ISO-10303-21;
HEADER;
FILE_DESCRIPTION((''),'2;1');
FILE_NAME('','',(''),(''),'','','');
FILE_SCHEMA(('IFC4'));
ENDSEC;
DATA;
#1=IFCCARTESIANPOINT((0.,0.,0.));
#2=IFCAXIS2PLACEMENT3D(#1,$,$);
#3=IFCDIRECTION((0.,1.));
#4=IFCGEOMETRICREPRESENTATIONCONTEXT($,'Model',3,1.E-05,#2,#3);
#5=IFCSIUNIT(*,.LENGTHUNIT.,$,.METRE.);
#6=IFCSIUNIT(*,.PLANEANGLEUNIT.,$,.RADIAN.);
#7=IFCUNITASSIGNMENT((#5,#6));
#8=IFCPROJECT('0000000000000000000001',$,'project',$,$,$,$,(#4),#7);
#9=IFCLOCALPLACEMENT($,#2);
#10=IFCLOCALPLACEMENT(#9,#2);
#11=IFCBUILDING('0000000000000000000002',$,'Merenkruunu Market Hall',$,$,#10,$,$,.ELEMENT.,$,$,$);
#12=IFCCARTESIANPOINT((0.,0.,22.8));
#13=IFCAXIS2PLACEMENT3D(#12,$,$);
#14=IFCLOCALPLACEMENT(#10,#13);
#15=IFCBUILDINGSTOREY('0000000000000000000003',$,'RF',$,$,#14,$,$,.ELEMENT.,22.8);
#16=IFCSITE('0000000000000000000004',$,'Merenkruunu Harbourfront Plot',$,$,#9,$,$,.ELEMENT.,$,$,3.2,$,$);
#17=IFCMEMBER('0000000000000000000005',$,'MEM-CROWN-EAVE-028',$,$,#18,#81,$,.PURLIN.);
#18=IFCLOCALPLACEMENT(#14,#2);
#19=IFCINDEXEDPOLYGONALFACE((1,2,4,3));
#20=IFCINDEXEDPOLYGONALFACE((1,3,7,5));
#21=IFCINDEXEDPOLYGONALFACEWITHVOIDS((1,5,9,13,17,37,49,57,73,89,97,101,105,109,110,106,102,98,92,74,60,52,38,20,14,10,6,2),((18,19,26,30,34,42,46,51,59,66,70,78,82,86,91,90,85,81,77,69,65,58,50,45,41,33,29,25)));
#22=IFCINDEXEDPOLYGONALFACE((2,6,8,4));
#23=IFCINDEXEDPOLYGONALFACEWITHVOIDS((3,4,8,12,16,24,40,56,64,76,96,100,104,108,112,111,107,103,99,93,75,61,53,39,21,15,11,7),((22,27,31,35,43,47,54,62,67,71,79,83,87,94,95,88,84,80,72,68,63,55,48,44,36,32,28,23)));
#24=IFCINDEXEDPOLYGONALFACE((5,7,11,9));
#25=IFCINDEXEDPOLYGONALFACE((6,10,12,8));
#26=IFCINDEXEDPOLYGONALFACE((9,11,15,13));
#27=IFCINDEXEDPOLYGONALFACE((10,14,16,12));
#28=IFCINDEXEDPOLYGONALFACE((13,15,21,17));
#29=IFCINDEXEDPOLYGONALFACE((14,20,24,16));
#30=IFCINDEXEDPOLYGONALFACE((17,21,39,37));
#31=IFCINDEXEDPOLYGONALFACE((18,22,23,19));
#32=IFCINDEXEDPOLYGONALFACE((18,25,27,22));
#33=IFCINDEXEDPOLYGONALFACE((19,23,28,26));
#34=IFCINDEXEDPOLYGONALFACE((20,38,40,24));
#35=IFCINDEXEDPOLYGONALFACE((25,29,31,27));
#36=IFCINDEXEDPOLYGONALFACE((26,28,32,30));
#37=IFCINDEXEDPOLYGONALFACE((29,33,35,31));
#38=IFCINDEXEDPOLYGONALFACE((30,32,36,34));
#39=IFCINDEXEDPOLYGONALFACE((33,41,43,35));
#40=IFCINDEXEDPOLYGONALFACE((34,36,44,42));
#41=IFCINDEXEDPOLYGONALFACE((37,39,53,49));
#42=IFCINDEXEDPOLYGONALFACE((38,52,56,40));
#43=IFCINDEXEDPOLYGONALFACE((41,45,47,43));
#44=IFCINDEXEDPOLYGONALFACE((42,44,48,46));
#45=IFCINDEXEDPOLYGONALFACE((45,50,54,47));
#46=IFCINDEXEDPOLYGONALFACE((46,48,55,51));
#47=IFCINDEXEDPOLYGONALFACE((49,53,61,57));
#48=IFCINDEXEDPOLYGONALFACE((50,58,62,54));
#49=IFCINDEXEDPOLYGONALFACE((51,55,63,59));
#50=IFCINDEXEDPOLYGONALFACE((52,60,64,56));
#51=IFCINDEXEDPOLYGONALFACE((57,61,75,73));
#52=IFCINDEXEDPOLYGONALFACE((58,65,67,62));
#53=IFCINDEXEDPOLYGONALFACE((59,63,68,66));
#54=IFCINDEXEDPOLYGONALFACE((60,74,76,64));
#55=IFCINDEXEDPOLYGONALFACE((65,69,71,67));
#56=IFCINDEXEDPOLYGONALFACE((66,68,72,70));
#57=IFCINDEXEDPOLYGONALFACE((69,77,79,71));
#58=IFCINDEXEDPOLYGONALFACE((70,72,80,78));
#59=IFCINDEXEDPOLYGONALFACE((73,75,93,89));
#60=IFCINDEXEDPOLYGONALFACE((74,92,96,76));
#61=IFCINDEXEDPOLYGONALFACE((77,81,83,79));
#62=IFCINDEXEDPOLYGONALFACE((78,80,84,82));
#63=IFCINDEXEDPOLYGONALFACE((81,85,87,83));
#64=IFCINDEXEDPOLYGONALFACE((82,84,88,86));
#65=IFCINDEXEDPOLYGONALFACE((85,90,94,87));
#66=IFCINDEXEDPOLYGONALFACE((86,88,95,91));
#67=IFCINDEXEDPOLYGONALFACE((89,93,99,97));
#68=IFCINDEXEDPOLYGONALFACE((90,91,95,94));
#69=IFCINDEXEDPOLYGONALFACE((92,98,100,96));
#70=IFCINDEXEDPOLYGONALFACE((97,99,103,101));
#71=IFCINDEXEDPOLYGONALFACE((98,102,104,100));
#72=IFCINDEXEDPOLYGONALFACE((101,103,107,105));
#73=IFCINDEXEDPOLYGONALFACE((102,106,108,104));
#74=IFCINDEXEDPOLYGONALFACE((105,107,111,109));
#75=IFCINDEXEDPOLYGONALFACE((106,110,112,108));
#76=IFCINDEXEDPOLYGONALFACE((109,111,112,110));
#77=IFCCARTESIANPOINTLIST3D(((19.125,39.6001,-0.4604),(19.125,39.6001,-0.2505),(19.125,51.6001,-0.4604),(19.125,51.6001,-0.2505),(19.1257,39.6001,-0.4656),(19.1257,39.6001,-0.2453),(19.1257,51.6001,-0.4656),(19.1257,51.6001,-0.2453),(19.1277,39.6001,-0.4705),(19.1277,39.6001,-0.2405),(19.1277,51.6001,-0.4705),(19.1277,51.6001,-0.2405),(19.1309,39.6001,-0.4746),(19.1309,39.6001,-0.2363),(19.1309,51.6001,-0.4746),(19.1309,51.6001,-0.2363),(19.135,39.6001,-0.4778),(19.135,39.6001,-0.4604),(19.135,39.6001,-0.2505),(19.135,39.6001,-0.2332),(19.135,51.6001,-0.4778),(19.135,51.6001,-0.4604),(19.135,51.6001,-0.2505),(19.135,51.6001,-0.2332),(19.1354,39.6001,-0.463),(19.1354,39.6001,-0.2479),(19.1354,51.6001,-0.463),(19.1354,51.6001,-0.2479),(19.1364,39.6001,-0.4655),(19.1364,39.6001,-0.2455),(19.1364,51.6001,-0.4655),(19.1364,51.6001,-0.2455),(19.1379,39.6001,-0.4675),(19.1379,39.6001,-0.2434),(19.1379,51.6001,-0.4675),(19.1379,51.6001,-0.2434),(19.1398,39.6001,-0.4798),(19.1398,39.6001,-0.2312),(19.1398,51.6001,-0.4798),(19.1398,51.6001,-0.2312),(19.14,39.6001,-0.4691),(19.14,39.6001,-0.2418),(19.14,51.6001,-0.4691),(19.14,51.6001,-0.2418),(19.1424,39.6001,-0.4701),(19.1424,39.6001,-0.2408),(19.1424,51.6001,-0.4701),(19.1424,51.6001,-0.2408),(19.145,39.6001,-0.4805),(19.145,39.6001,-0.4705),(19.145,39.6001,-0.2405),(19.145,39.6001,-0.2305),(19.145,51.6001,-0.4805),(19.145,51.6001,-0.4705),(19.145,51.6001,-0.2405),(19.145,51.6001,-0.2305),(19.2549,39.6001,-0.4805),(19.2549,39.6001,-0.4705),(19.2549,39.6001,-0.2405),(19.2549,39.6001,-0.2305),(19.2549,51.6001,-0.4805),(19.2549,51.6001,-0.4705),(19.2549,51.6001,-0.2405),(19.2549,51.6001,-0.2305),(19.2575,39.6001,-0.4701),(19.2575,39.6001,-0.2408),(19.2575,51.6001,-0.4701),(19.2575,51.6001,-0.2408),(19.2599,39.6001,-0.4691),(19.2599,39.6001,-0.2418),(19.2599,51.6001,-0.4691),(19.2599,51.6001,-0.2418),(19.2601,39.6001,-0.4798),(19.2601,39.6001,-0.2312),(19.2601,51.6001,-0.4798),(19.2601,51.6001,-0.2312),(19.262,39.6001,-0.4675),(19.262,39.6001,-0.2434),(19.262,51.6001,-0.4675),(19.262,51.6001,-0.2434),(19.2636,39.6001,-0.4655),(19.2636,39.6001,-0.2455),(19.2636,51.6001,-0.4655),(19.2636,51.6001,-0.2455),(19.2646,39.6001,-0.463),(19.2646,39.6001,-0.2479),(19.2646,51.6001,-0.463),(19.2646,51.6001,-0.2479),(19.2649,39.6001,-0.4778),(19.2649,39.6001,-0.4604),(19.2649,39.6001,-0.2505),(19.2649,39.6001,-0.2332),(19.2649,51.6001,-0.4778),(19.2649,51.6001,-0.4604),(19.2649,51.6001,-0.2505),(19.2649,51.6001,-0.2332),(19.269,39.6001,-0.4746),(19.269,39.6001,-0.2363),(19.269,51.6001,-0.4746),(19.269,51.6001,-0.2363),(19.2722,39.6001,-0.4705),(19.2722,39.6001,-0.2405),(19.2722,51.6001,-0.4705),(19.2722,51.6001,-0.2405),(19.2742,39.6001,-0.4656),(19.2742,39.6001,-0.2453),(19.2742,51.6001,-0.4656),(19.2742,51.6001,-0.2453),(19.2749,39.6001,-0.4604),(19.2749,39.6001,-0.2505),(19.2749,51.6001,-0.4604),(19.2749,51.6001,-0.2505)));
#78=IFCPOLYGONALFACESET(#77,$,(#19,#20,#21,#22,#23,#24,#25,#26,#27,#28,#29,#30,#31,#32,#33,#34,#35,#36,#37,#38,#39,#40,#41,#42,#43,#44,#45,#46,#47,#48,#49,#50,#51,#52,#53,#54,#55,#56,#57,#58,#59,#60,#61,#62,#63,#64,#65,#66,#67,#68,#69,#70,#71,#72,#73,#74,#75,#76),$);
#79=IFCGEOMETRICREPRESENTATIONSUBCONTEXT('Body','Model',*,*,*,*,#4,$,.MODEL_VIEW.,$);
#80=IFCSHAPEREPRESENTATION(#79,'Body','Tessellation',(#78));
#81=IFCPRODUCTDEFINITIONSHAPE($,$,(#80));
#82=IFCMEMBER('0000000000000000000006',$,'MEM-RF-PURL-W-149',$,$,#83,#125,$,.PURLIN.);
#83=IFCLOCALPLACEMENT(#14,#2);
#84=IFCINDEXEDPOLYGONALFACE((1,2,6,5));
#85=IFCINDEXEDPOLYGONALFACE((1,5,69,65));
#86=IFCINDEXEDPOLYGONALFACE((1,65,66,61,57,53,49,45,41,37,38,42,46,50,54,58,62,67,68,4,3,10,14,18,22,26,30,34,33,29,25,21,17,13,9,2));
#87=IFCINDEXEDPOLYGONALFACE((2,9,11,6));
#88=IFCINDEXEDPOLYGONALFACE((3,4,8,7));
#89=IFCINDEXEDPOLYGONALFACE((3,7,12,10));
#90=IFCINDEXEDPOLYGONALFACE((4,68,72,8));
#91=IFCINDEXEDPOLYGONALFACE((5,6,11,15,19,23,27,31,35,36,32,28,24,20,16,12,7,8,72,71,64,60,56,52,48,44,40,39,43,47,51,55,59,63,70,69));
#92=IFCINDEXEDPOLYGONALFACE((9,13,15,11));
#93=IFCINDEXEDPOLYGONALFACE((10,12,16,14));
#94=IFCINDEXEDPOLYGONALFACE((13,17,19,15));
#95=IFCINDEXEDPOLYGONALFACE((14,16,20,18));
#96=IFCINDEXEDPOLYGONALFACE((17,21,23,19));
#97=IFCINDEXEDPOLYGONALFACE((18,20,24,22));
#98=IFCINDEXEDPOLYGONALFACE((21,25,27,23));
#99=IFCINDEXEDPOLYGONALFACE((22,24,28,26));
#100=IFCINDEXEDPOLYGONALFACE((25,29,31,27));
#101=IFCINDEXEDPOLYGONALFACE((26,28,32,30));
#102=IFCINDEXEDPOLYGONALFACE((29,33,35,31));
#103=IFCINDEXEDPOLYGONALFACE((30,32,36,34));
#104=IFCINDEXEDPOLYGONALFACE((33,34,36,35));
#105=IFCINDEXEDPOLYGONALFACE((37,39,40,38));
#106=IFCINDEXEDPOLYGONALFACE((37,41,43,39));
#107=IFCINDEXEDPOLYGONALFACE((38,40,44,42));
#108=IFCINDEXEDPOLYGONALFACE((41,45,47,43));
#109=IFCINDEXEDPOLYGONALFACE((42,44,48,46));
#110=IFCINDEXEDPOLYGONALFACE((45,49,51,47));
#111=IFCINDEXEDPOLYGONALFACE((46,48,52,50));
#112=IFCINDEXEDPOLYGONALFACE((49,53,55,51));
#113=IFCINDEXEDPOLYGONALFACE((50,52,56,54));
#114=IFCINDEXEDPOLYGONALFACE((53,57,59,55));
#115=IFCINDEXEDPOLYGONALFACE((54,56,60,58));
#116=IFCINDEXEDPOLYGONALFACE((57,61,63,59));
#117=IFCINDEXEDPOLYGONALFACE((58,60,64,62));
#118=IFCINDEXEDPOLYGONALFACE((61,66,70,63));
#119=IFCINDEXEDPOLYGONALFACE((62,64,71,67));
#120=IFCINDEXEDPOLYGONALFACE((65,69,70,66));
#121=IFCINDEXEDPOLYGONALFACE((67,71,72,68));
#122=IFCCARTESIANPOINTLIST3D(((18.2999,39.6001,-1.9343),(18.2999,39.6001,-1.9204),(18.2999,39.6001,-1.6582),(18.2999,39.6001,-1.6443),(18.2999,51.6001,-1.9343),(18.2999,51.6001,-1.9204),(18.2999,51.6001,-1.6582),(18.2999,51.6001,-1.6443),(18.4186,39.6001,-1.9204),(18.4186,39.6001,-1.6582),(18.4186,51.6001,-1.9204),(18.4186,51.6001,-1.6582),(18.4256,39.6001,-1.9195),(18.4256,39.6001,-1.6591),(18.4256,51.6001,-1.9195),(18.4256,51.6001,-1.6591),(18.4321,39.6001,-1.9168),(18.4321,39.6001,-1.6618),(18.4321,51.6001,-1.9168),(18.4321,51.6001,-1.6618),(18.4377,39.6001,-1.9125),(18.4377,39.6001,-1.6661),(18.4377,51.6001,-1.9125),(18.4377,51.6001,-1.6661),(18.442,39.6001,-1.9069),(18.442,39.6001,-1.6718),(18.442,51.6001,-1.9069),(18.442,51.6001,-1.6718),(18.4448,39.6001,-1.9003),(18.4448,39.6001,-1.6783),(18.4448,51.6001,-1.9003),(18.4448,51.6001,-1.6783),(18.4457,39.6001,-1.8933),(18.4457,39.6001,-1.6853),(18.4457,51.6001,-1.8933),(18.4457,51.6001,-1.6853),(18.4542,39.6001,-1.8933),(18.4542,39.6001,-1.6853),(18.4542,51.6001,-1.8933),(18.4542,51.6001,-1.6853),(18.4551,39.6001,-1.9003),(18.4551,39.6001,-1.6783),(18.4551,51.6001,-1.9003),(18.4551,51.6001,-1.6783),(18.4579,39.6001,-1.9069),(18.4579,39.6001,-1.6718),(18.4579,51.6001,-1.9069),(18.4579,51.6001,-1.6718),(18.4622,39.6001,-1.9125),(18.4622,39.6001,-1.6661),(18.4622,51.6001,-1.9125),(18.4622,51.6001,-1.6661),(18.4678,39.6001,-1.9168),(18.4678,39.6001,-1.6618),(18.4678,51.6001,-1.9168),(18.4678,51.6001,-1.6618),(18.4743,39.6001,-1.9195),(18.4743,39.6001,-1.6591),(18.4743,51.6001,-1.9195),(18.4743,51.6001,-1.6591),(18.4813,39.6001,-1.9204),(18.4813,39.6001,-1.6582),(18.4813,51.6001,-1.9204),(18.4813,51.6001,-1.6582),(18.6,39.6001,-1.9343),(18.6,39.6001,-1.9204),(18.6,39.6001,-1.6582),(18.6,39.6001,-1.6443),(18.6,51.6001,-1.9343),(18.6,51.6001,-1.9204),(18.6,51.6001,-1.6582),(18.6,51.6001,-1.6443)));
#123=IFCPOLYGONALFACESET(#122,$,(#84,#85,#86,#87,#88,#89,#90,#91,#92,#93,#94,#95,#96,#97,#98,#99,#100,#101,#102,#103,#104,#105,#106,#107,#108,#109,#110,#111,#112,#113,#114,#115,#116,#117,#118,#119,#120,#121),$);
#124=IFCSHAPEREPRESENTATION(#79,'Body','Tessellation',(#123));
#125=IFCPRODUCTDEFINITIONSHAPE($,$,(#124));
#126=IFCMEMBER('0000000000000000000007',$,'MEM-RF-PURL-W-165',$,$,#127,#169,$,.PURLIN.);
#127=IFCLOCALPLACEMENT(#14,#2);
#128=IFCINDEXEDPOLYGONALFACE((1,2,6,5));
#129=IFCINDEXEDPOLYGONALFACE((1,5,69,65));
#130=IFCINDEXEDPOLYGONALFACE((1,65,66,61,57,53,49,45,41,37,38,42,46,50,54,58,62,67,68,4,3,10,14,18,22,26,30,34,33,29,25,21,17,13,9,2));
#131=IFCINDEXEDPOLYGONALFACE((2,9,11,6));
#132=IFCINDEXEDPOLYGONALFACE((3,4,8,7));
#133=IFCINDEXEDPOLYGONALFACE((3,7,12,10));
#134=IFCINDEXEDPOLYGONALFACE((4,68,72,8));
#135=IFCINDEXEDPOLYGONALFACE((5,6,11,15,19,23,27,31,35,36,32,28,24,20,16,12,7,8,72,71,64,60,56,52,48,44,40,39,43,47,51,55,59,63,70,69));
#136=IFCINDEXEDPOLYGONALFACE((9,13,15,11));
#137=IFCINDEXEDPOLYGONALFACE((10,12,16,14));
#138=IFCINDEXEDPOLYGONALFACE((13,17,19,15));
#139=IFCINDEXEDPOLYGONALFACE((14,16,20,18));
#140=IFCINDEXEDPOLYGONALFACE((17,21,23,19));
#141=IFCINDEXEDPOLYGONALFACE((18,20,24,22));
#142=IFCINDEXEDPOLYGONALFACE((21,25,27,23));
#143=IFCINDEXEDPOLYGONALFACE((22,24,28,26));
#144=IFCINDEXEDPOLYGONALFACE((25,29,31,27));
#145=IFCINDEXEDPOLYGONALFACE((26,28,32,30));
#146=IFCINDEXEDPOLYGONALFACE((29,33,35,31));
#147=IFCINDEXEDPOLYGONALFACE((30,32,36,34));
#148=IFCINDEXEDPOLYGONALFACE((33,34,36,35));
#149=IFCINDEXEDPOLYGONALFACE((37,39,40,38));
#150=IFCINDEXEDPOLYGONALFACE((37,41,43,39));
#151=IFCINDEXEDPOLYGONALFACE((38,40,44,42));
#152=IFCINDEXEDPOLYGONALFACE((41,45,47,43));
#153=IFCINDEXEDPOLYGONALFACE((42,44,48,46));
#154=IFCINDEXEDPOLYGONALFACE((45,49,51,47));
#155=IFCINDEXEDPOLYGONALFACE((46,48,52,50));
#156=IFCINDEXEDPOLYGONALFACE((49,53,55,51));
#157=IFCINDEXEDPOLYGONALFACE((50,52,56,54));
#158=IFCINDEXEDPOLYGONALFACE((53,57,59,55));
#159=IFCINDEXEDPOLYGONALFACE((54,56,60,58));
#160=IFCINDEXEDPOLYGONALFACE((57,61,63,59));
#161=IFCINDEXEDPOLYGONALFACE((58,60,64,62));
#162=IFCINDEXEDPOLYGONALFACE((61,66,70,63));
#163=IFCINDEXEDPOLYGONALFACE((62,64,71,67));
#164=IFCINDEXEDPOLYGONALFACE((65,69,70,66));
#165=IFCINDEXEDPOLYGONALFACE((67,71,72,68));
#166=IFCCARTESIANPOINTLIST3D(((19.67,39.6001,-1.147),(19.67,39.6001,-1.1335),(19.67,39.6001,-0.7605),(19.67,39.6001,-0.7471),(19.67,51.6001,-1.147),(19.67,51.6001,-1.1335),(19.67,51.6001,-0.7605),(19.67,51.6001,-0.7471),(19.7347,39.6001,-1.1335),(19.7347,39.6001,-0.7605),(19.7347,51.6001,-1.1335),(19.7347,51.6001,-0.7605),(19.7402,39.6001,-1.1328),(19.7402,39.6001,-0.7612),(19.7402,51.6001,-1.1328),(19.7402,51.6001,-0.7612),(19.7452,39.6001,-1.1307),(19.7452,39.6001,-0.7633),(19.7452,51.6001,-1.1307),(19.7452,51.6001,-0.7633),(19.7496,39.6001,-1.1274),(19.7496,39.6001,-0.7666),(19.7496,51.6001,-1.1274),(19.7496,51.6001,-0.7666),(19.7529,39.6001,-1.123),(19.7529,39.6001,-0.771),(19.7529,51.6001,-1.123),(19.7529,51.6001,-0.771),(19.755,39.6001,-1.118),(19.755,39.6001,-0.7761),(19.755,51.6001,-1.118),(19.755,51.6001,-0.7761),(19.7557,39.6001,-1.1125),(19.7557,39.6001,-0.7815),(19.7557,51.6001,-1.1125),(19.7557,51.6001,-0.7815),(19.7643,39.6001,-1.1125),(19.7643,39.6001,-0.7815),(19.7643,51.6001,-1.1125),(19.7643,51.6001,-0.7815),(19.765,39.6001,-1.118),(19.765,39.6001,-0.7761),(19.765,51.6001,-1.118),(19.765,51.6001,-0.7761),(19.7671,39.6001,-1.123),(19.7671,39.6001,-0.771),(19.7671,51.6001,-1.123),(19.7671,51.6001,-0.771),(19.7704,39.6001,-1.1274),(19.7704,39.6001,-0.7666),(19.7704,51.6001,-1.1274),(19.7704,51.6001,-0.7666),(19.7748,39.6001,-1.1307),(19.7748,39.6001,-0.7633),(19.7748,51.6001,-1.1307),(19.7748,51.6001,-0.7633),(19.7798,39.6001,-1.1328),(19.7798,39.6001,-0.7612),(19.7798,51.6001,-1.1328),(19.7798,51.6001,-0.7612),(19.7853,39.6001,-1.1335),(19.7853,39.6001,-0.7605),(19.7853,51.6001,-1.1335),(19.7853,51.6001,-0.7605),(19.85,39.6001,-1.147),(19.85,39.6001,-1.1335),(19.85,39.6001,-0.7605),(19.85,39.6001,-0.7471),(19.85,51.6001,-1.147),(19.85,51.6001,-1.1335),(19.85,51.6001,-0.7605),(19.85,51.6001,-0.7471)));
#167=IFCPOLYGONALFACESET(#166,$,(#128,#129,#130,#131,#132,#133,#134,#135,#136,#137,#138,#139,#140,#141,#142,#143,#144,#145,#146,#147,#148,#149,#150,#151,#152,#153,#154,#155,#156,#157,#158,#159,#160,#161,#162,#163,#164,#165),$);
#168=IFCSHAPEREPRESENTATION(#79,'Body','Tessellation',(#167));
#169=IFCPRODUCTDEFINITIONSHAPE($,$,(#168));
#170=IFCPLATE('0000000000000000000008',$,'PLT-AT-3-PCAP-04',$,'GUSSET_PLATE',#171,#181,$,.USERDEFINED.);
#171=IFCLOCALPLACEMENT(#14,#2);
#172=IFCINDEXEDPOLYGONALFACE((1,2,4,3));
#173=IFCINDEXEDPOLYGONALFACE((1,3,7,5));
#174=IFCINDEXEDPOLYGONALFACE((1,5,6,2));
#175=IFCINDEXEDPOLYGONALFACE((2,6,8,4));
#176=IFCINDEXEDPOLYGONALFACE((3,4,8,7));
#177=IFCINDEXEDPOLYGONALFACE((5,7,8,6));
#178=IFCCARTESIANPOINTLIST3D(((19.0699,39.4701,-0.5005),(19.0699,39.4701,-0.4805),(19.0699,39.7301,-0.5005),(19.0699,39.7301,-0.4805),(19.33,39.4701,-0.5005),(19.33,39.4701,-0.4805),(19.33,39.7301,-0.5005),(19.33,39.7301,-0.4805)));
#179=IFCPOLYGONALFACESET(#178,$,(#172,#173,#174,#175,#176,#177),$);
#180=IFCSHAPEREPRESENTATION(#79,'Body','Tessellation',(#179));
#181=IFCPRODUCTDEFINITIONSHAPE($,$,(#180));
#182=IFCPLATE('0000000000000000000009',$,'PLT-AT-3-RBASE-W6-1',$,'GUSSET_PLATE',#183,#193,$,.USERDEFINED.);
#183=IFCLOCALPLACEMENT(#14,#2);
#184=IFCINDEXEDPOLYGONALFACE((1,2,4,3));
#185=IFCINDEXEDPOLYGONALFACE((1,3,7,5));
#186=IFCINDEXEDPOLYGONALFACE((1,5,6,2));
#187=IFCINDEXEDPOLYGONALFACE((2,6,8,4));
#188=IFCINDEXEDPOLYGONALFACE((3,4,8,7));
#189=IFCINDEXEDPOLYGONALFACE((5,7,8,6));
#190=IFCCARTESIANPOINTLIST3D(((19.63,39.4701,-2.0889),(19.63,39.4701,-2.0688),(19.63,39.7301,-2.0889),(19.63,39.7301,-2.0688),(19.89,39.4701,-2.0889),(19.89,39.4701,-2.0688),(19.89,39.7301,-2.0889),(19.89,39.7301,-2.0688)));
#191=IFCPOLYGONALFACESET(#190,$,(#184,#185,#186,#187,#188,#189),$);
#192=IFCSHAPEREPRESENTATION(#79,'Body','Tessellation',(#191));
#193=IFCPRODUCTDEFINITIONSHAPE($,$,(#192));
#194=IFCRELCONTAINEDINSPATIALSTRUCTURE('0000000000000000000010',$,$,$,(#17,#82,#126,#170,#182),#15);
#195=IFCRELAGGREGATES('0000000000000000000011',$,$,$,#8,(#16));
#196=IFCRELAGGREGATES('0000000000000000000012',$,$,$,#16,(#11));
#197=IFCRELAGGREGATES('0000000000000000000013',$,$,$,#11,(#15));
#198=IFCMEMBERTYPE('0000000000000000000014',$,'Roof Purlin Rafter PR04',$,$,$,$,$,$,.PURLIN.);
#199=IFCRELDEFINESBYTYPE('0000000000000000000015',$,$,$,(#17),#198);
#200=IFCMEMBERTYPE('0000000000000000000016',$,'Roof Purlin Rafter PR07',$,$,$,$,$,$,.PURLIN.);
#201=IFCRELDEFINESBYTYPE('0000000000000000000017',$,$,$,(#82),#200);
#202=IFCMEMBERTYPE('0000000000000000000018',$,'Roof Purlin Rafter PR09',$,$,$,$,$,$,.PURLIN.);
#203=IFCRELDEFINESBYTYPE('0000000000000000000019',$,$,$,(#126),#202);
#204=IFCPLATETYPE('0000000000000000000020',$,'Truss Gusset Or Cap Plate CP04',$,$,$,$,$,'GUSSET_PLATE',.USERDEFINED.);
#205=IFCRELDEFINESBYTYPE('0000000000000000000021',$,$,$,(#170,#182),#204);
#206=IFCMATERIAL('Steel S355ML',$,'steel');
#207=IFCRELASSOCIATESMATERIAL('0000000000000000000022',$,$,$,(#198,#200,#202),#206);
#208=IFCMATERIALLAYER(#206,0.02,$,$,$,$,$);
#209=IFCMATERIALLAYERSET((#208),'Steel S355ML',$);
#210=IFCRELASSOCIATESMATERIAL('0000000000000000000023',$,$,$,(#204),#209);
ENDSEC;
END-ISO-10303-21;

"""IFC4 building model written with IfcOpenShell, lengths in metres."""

from ifc_helpers import new_model, si_unit, direction, frame, origin, origin_2d, place, context, subcontext, project, spatial, rectangle, hollow_rectangle, i_section, extrude, material, layer, layer_set, material_profile, profile_set, type_object, element, save


model = new_model("IFC4")

# Units and contexts
model_context = context("Model", 3, precision=1e-05, world=origin(), true_north=direction((0.0, 1.0)))
body_context = subcontext(model_context, "Body", "Model", "MODEL_VIEW")
ifc_project = project(units=[si_unit("LENGTHUNIT", "METRE"), si_unit("PLANEANGLEUNIT", "RADIAN")], contexts=[model_context])

# Site, building, storey
site_placement = place(None, origin())
site = spatial("IfcSite", under=ifc_project, at=site_placement, Name="Merenkruunu Harbourfront Plot", CompositionType="ELEMENT", RefElevation=3.2)
building_placement = place(site_placement, origin())
building = spatial("IfcBuilding", under=site, at=building_placement, Name="Merenkruunu Market Hall", CompositionType="ELEMENT")
storey_placement = place(building_placement, frame((0.0, 0.0, 22.8)))
storey = spatial("IfcBuildingStorey", under=building, at=storey_placement, Name="RF", CompositionType="ELEMENT", Elevation=22.8)

# Members
ifc_material_1 = material(Name="Steel S355ML", Category="steel")
ifc_material_profile_1 = material_profile(ifc_material_1, hollow_rectangle(XDim=0.1499, YDim=0.25, WallThickness=0.01, InnerFilletRadius=0.01, OuterFilletRadius=0.02, at=origin_2d()), Name="RHS 250x150x10")
ifc_profile_set_1 = profile_set([ifc_material_profile_1], Name="Steel S355ML")
member_type_1 = type_object("IfcMemberType", Name="Roof Purlin Rafter PR04", PredefinedType="PURLIN", material=ifc_profile_set_1)
member_1_placement = place(storey_placement, frame((19.2, 39.6001, -0.3555), z_axis=(0.0, 1.0, 0.0), x_axis=(-1.0, 0.0, 0.0)))
element("IfcMember", 1, at=member_1_placement, inside=storey, type_object=member_type_1, Name="MEM-CROWN-EAVE-028", PredefinedType="PURLIN", context=body_context, shape_type="SweptSolid", body=[
    extrude(hollow_rectangle(XDim=0.1499, YDim=0.25, WallThickness=0.01, InnerFilletRadius=0.01, OuterFilletRadius=0.02, at=origin_2d()), origin(), (0.0, 0.0, 1.0), 12.0),
])
ifc_material_profile_2 = material_profile(ifc_material_1, i_section(OverallWidth=0.3, OverallDepth=0.29, WebThickness=0.0085, FlangeThickness=0.0139, FilletRadius=0.0271, at=origin_2d()), Name="HEA 300")
ifc_profile_set_2 = profile_set([ifc_material_profile_2], Name="Steel S355ML")
member_type_2 = type_object("IfcMemberType", Name="Roof Purlin Rafter PR07", PredefinedType="PURLIN", material=ifc_profile_set_2)
member_2_placement = place(storey_placement, frame((18.45, 39.6001, -1.7893), z_axis=(0.0, 1.0, 0.0), x_axis=(-1.0, 0.0, 0.0)))
element("IfcMember", 2, at=member_2_placement, inside=storey, type_object=member_type_2, Name="MEM-RF-PURL-W-149", PredefinedType="PURLIN", context=body_context, shape_type="SweptSolid", body=[
    extrude(i_section(OverallWidth=0.3, OverallDepth=0.29, WebThickness=0.0085, FlangeThickness=0.0139, FilletRadius=0.0271, at=origin_2d()), origin(), (0.0, 0.0, 1.0), 12.0),
])
ifc_material_profile_3 = material_profile(ifc_material_1, i_section(OverallWidth=0.1799, OverallDepth=0.3999, WebThickness=0.0085, FlangeThickness=0.0134, FilletRadius=0.021, at=origin_2d()), Name="IPE 400")
ifc_profile_set_3 = profile_set([ifc_material_profile_3], Name="Steel S355ML")
member_type_3 = type_object("IfcMemberType", Name="Roof Purlin Rafter PR09", PredefinedType="PURLIN", material=ifc_profile_set_3)
member_3_placement = place(storey_placement, frame((19.76, 39.6001, -0.947), z_axis=(0.0, 1.0, 0.0), x_axis=(-1.0, 0.0, 0.0)))
element("IfcMember", 3, at=member_3_placement, inside=storey, type_object=member_type_3, Name="MEM-RF-PURL-W-165", PredefinedType="PURLIN", context=body_context, shape_type="SweptSolid", body=[
    extrude(i_section(OverallWidth=0.1799, OverallDepth=0.3999, WebThickness=0.0085, FlangeThickness=0.0134, FilletRadius=0.021, at=origin_2d()), origin(), (0.0, 0.0, 1.0), 12.0),
])

# Plates
ifc_layer_1 = layer(ifc_material_1, 0.02)
ifc_layer_set_1 = layer_set([ifc_layer_1], Name="Steel S355ML")
plate_type_1 = type_object("IfcPlateType", Name="Truss Gusset Or Cap Plate CP04", ElementType="GUSSET_PLATE", PredefinedType="USERDEFINED", material=ifc_layer_set_1)
for number, where, z_axis, x_axis, name in (
    (4, (19.2, 39.6001, -0.5005), (0.0, 0.0, 1.0), (1.0, 0.0, 0.0), "PLT-AT-3-PCAP-04"),
    (5, (19.76, 39.6001, -2.0889), (0.0, 0.0, 1.0), (1.0, 0.0, 0.0), "PLT-AT-3-RBASE-W6-1"),
):
    element("IfcPlate", number, at=place(storey_placement, frame(where, z_axis=z_axis, x_axis=x_axis)), inside=storey, type_object=plate_type_1, Name=name, ObjectType="GUSSET_PLATE", PredefinedType="USERDEFINED", context=body_context, shape_type="SweptSolid", body=[
        extrude(rectangle(XDim=0.26, YDim=0.26, at=origin_2d()), origin(), (0.0, 0.0, 1.0), 0.02),
    ])

save(model, "model.ifc")
